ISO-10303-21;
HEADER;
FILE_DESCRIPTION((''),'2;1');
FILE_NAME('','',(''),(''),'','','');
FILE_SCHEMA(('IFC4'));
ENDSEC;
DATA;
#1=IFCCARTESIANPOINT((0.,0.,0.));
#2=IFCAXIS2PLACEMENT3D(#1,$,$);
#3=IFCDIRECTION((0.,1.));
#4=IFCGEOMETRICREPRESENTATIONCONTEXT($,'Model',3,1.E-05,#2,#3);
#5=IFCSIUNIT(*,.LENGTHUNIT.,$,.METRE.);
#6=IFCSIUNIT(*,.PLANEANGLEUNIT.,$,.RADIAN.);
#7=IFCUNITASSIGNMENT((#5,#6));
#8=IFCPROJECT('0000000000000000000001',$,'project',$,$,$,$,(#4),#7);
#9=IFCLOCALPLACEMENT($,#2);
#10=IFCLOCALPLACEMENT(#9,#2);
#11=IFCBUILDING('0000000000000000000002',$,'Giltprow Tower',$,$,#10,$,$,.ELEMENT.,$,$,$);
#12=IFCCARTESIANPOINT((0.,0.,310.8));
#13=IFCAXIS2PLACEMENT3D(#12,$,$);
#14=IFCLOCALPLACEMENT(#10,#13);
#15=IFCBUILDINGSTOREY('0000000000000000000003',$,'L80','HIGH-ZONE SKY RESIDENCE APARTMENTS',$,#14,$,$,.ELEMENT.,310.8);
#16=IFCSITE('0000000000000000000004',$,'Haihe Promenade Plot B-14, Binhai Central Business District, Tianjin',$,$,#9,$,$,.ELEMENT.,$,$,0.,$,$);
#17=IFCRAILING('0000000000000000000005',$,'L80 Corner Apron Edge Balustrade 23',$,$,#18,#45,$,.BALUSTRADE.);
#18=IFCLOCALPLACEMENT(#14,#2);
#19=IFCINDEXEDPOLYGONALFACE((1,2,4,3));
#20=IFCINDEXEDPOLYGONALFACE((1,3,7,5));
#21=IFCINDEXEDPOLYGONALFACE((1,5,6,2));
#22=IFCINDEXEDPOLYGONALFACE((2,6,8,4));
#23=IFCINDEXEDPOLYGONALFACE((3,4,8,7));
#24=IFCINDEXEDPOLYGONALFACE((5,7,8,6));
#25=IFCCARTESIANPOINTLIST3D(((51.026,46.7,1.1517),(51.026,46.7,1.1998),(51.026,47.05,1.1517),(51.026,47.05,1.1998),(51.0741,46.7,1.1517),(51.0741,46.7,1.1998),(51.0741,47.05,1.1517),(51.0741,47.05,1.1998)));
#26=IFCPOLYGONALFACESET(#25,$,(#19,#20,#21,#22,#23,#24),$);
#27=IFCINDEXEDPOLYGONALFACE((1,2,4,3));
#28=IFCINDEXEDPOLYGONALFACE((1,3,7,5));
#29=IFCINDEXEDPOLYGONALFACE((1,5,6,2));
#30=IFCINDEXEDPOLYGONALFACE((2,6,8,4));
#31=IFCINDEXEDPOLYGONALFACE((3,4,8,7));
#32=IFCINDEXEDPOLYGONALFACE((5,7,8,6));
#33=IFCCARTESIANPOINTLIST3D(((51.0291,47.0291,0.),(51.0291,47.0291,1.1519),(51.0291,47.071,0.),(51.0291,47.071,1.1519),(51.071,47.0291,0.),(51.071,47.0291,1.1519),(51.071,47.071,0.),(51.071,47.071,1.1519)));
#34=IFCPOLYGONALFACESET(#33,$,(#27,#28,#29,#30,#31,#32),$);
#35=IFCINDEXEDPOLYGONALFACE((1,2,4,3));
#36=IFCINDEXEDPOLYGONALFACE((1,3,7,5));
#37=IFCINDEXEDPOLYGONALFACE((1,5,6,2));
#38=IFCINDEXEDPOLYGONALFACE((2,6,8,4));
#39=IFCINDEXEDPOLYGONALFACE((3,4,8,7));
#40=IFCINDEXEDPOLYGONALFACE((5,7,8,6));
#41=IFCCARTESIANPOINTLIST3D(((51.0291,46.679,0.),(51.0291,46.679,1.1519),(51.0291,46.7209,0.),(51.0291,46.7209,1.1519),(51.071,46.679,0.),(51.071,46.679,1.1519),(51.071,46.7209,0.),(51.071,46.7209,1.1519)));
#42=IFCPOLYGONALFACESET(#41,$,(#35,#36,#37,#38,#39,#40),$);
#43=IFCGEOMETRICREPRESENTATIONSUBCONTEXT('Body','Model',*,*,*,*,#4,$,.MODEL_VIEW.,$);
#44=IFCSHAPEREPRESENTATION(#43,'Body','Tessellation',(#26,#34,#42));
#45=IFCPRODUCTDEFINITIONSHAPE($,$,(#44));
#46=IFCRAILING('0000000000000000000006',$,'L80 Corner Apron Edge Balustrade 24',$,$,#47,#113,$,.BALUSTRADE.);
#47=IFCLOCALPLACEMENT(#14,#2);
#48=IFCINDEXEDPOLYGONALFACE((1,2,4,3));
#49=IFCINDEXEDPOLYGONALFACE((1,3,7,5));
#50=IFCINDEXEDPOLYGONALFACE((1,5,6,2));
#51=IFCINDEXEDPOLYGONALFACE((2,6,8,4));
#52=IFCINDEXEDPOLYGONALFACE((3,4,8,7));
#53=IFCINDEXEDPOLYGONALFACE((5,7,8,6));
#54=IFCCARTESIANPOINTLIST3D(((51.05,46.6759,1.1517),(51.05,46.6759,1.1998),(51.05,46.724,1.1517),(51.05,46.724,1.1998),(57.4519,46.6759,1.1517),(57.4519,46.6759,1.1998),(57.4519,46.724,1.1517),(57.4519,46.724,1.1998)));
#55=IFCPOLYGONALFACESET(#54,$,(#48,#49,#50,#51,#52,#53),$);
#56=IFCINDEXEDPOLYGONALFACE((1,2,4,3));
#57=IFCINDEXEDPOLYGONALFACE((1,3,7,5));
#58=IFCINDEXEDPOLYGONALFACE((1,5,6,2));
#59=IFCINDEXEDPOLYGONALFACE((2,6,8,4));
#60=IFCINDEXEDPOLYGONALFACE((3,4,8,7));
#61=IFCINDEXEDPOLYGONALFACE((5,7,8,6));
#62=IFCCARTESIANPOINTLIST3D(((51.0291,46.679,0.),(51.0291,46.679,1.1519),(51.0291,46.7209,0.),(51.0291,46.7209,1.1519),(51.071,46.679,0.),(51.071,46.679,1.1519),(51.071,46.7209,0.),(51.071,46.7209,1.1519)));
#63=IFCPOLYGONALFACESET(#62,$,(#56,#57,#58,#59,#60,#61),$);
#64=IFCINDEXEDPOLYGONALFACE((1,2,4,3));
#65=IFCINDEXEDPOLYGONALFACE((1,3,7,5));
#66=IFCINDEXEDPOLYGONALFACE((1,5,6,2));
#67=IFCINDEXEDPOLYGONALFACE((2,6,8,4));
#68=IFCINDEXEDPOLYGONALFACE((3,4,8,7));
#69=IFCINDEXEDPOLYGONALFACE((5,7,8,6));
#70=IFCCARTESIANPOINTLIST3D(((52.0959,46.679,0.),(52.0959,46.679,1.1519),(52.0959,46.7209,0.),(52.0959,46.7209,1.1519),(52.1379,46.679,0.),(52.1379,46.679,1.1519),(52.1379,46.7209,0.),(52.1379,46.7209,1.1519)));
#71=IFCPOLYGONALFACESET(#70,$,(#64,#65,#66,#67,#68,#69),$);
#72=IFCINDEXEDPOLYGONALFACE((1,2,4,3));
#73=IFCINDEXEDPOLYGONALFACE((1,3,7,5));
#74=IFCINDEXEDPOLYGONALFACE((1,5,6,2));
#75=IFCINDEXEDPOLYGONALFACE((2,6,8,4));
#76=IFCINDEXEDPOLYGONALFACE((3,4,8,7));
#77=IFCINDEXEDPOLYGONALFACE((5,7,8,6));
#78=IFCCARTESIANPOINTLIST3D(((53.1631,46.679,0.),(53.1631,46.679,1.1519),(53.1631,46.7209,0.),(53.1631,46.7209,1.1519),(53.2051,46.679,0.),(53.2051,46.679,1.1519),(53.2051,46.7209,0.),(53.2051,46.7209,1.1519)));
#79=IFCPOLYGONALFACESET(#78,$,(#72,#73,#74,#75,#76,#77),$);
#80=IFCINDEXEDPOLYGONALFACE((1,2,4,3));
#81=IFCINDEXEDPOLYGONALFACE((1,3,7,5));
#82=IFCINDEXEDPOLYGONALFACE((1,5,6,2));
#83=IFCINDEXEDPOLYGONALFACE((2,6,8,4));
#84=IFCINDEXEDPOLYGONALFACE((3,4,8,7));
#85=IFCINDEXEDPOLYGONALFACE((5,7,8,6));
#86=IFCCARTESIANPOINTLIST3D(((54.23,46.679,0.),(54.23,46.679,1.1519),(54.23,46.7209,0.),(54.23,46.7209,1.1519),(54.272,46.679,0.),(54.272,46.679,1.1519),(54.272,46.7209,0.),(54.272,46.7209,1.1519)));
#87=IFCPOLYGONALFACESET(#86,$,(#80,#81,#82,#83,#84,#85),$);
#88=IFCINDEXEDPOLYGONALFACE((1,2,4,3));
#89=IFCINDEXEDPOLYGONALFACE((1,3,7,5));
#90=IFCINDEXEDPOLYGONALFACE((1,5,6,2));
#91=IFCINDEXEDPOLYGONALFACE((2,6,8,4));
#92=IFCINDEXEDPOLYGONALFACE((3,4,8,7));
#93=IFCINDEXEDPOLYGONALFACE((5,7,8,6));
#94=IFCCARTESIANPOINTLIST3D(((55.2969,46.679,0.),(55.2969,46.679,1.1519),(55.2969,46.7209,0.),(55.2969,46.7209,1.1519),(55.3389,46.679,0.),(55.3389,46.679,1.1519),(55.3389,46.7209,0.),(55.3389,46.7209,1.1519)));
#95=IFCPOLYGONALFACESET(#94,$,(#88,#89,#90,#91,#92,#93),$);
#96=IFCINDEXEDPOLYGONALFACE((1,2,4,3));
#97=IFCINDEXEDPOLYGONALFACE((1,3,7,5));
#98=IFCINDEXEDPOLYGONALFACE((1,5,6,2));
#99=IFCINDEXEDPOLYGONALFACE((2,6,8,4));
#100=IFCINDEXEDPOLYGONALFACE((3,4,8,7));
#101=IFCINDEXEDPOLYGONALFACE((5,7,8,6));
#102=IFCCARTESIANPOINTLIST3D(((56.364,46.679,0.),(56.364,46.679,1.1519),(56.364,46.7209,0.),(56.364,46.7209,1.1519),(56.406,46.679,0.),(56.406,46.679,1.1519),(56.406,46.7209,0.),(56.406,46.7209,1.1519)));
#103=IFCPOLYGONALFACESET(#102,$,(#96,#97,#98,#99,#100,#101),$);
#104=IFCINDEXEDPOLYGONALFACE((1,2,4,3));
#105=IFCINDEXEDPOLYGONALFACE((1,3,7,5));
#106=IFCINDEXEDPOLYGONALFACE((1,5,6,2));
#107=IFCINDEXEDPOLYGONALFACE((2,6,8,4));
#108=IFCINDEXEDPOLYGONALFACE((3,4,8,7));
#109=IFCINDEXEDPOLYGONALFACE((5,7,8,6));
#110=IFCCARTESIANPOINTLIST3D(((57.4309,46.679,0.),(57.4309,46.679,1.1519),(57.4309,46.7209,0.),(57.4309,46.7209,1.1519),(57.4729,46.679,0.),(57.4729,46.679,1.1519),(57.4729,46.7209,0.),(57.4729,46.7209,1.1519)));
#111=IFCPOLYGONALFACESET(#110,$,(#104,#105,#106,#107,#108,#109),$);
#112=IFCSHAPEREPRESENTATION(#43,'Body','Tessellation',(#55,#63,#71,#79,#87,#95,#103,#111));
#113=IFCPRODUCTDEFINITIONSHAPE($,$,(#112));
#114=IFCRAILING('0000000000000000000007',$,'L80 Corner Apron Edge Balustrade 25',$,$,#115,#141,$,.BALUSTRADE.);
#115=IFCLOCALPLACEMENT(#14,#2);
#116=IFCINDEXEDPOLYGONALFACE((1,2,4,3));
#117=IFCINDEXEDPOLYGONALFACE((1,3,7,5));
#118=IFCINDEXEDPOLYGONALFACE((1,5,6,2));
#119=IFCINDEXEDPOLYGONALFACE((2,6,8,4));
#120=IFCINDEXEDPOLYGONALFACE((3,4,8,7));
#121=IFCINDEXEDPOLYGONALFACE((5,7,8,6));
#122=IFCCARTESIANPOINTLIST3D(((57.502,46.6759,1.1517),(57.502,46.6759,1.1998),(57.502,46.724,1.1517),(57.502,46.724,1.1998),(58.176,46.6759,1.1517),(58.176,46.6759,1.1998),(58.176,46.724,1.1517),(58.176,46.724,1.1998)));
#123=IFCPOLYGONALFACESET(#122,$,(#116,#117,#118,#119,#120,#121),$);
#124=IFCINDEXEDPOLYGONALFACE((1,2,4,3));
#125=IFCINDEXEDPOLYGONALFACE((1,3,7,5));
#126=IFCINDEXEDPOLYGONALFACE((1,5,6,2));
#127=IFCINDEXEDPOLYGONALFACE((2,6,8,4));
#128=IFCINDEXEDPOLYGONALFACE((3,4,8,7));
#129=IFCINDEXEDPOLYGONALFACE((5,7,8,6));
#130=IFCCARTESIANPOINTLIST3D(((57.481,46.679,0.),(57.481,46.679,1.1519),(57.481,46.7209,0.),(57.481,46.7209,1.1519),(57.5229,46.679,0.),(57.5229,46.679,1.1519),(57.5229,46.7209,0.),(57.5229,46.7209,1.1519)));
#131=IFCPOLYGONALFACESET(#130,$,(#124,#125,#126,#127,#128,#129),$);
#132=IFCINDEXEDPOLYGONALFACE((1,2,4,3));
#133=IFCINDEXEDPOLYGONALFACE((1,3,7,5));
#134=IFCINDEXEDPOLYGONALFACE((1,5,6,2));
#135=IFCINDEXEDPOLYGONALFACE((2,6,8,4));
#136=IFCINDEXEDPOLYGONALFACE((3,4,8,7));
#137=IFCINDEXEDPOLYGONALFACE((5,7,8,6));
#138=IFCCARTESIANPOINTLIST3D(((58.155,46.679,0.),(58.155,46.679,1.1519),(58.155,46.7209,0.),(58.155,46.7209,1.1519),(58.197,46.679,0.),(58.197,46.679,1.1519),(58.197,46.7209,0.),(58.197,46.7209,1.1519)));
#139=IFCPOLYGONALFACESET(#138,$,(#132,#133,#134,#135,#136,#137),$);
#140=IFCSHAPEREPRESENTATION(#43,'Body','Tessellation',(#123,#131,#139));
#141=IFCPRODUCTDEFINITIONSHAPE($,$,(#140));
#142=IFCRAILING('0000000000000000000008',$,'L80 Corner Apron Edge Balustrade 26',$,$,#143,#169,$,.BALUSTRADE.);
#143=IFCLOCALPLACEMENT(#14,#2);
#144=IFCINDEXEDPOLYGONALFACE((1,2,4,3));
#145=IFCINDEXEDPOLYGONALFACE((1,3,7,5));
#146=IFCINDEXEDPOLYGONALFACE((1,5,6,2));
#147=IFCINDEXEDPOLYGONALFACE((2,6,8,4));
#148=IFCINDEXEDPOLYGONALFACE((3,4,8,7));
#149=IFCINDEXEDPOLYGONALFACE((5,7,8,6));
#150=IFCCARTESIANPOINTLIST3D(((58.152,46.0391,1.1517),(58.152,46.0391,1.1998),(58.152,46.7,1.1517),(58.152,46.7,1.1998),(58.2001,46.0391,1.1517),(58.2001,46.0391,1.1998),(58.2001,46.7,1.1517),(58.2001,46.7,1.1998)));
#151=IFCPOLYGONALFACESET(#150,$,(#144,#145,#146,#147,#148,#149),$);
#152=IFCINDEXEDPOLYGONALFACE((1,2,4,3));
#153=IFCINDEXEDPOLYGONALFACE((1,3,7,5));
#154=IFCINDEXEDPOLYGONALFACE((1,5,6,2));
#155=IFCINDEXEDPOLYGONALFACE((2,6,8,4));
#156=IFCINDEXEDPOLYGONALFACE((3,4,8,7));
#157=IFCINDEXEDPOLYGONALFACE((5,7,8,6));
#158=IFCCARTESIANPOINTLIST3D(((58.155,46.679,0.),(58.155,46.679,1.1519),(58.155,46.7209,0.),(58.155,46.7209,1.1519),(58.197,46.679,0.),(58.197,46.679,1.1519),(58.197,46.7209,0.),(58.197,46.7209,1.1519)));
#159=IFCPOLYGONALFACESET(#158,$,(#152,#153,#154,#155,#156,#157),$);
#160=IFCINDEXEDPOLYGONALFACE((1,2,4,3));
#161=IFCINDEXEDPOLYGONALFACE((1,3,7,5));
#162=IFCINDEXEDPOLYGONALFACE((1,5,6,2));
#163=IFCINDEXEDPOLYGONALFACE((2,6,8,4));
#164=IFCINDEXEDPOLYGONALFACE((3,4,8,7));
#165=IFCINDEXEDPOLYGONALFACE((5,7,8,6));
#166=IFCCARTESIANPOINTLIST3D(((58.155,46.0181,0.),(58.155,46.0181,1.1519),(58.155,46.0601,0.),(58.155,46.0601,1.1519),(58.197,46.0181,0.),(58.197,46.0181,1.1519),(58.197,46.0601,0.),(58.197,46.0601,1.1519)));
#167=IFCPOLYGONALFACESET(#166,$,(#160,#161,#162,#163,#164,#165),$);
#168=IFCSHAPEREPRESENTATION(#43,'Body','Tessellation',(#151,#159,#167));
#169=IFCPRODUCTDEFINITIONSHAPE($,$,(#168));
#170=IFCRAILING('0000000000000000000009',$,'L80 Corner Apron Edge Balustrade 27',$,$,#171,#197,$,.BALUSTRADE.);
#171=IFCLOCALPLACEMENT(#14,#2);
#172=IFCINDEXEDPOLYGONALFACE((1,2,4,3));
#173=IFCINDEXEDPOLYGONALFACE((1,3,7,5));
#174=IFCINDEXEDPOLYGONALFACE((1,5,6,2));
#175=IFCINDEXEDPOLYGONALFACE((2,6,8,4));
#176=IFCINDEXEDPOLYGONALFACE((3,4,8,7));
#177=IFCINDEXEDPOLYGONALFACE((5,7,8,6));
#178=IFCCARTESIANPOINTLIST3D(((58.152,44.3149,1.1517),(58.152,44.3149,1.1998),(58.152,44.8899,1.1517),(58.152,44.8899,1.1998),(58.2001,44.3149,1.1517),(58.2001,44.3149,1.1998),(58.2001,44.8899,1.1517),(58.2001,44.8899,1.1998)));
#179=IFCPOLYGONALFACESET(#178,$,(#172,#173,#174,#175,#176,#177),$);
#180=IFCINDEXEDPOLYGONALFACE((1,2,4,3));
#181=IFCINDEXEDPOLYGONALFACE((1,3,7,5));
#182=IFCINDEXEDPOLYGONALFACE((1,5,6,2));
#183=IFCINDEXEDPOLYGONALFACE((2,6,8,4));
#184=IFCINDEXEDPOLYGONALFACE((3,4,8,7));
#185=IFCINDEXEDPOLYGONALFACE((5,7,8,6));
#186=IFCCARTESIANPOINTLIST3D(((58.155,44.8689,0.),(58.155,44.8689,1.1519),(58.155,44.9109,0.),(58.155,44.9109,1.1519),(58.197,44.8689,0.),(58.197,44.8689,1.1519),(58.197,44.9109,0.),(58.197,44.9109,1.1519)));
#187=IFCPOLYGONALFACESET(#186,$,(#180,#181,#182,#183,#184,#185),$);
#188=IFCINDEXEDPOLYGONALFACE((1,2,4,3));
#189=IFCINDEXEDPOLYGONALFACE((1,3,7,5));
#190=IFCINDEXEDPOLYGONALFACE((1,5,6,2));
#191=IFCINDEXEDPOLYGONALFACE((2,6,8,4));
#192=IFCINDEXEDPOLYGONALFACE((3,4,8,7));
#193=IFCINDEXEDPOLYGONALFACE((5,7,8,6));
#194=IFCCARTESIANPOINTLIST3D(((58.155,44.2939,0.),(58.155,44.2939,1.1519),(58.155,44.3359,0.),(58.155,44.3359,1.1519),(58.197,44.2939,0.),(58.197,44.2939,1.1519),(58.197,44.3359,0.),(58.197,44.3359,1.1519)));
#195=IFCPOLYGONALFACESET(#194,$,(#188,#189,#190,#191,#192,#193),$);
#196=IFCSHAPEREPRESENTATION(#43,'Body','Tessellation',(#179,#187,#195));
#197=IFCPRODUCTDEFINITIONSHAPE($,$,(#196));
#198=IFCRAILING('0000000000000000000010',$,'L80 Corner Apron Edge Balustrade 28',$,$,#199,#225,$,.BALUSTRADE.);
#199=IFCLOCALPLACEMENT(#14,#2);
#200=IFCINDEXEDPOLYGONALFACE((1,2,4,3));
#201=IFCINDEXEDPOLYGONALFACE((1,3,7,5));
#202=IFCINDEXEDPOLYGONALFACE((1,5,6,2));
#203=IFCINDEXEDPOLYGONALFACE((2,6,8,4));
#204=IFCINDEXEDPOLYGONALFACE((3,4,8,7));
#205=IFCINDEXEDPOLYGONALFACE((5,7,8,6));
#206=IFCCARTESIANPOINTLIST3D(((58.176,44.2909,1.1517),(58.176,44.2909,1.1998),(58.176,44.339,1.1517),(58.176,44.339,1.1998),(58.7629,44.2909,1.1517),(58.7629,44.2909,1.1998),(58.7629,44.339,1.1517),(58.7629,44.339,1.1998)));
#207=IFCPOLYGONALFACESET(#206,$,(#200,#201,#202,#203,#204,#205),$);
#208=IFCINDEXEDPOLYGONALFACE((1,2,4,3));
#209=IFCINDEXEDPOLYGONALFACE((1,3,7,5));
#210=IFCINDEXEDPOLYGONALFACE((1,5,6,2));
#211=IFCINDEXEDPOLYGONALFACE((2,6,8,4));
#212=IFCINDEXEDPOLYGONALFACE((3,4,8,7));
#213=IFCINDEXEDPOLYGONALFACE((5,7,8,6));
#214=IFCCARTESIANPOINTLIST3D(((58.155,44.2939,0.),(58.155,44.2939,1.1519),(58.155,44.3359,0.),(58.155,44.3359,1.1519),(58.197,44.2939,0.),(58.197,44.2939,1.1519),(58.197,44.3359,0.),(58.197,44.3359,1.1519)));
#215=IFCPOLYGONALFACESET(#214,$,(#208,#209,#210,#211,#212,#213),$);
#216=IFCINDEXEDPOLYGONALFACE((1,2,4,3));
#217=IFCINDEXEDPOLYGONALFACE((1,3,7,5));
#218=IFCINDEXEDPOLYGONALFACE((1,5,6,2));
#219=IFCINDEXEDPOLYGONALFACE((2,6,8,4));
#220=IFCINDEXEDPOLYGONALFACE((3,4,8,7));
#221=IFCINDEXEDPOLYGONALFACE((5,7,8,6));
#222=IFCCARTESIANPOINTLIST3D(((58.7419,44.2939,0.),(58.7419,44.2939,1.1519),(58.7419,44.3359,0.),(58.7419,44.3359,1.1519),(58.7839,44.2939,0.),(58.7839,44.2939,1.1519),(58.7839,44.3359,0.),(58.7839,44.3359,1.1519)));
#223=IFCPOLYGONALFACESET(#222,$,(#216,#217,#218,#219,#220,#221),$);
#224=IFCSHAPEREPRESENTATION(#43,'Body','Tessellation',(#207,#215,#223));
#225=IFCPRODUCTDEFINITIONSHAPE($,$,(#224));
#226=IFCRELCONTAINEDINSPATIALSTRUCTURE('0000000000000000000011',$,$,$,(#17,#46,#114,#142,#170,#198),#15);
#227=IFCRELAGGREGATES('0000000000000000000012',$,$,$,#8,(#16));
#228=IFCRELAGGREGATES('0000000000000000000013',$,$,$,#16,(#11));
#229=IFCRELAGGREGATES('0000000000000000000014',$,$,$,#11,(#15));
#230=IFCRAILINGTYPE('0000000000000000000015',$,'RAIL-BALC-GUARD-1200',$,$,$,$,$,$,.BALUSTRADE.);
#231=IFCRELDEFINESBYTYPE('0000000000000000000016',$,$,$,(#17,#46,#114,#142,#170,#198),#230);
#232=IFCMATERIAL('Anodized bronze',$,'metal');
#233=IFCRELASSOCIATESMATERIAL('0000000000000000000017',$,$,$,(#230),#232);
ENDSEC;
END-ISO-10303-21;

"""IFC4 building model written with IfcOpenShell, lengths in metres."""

from ifc_helpers import new_model, si_unit, direction, frame, origin, origin_2d, place, context, subcontext, project, spatial, rectangle, extrude, material, type_object, element, save


model = new_model("IFC4")

# Units and contexts
model_context = context("Model", 3, precision=1e-05, world=origin(), true_north=direction((0.0, 1.0)))
body_context = subcontext(model_context, "Body", "Model", "MODEL_VIEW")
ifc_project = project(units=[si_unit("LENGTHUNIT", "METRE"), si_unit("PLANEANGLEUNIT", "RADIAN")], contexts=[model_context])

# Site, building, storey
site_placement = place(None, origin())
site = spatial("IfcSite", under=ifc_project, at=site_placement, Name="Haihe Promenade Plot B-14, Binhai Central Business District, Tianjin", CompositionType="ELEMENT", RefElevation=0.0)
building_placement = place(site_placement, origin())
building = spatial("IfcBuilding", under=site, at=building_placement, Name="Giltprow Tower", CompositionType="ELEMENT")
storey_placement = place(building_placement, frame((0.0, 0.0, 310.8)))
storey = spatial("IfcBuildingStorey", under=building, at=storey_placement, Name="L80", Description="HIGH-ZONE SKY RESIDENCE APARTMENTS", CompositionType="ELEMENT", Elevation=310.8)

# Railings
ifc_material_1 = material(Name="Anodized bronze", Category="metal")
railing_type = type_object("IfcRailingType", Name="RAIL-BALC-GUARD-1200", PredefinedType="BALUSTRADE", material=ifc_material_1)
railing_1_placement = place(storey_placement, frame((51.05, 47.05, 0.0)))
element("IfcRailing", 1, at=railing_1_placement, inside=storey, type_object=railing_type, Name="L80 Corner Apron Edge Balustrade 23", PredefinedType="BALUSTRADE", context=body_context, shape_type="SweptSolid", body=[
    extrude(rectangle(XDim=0.0481, YDim=0.0481, at=origin_2d()), frame((0.0, 0.0, 1.1758), z_axis=(0.0, -1.0, 0.0), x_axis=(1.0, 0.0, 0.0)), (0.0, 0.0, 1.0), 0.3501),
    extrude(rectangle(XDim=0.042, YDim=0.042, at=origin_2d()), origin(), (0.0, 0.0, 1.0), 1.1519),
    extrude(rectangle(XDim=0.042, YDim=0.042, at=origin_2d()), frame((0.0, -0.3501, 0.0)), (0.0, 0.0, 1.0), 1.1519),
])
railing_2_placement = place(storey_placement, frame((51.05, 46.7, 0.0)))
element("IfcRailing", 2, at=railing_2_placement, inside=storey, type_object=railing_type, Name="L80 Corner Apron Edge Balustrade 24", PredefinedType="BALUSTRADE", context=body_context, shape_type="SweptSolid", body=[
    extrude(rectangle(XDim=0.0481, YDim=0.0481, at=origin_2d()), frame((0.0, 0.0, 1.1758), z_axis=(1.0, 0.0, 0.0), x_axis=(0.0, 1.0, 0.0)), (0.0, 0.0, 1.0), 6.4019),
    extrude(rectangle(XDim=0.042, YDim=0.042, at=origin_2d()), origin(), (0.0, 0.0, 1.0), 1.1519),
    extrude(rectangle(XDim=0.042, YDim=0.042, at=origin_2d()), frame((1.0669, 0.0, 0.0)), (0.0, 0.0, 1.0), 1.1519),
    extrude(rectangle(XDim=0.042, YDim=0.042, at=origin_2d()), frame((2.134, 0.0, 0.0)), (0.0, 0.0, 1.0), 1.1519),
    extrude(rectangle(XDim=0.042, YDim=0.042, at=origin_2d()), frame((3.2009, 0.0, 0.0)), (0.0, 0.0, 1.0), 1.1519),
    extrude(rectangle(XDim=0.042, YDim=0.042, at=origin_2d()), frame((4.2678, 0.0, 0.0)), (0.0, 0.0, 1.0), 1.1519),
    extrude(rectangle(XDim=0.042, YDim=0.042, at=origin_2d()), frame((5.335, 0.0, 0.0)), (0.0, 0.0, 1.0), 1.1519),
    extrude(rectangle(XDim=0.042, YDim=0.042, at=origin_2d()), frame((6.4019, 0.0, 0.0)), (0.0, 0.0, 1.0), 1.1519),
])
railing_3_placement = place(storey_placement, frame((57.502, 46.7, 0.0)))
element("IfcRailing", 3, at=railing_3_placement, inside=storey, type_object=railing_type, Name="L80 Corner Apron Edge Balustrade 25", PredefinedType="BALUSTRADE", context=body_context, shape_type="SweptSolid", body=[
    extrude(rectangle(XDim=0.0481, YDim=0.0481, at=origin_2d()), frame((0.0, 0.0, 1.1758), z_axis=(1.0, 0.0, 0.0), x_axis=(0.0, 1.0, 0.0)), (0.0, 0.0, 1.0), 0.6741),
    extrude(rectangle(XDim=0.042, YDim=0.042, at=origin_2d()), origin(), (0.0, 0.0, 1.0), 1.1519),
    extrude(rectangle(XDim=0.042, YDim=0.042, at=origin_2d()), frame((0.6741, 0.0, 0.0)), (0.0, 0.0, 1.0), 1.1519),
])
railing_4_placement = place(storey_placement, frame((58.176, 46.7, 0.0)))
element("IfcRailing", 4, at=railing_4_placement, inside=storey, type_object=railing_type, Name="L80 Corner Apron Edge Balustrade 26", PredefinedType="BALUSTRADE", context=body_context, shape_type="SweptSolid", body=[
    extrude(rectangle(XDim=0.0481, YDim=0.0481, at=origin_2d()), frame((0.0, 0.0, 1.1758), z_axis=(0.0, -1.0, 0.0), x_axis=(1.0, 0.0, 0.0)), (0.0, 0.0, 1.0), 0.6609),
    extrude(rectangle(XDim=0.042, YDim=0.042, at=origin_2d()), origin(), (0.0, 0.0, 1.0), 1.1519),
    extrude(rectangle(XDim=0.042, YDim=0.042, at=origin_2d()), frame((0.0, -0.6609, 0.0)), (0.0, 0.0, 1.0), 1.1519),
])
railing_5_placement = place(storey_placement, frame((58.176, 44.8899, 0.0)))
element("IfcRailing", 5, at=railing_5_placement, inside=storey, type_object=railing_type, Name="L80 Corner Apron Edge Balustrade 27", PredefinedType="BALUSTRADE", context=body_context, shape_type="SweptSolid", body=[
    extrude(rectangle(XDim=0.0481, YDim=0.0481, at=origin_2d()), frame((0.0, 0.0, 1.1758), z_axis=(0.0, -1.0, 0.0), x_axis=(1.0, 0.0, 0.0)), (0.0, 0.0, 1.0), 0.575),
    extrude(rectangle(XDim=0.042, YDim=0.042, at=origin_2d()), origin(), (0.0, 0.0, 1.0), 1.1519),
    extrude(rectangle(XDim=0.042, YDim=0.042, at=origin_2d()), frame((0.0, -0.575, 0.0)), (0.0, 0.0, 1.0), 1.1519),
])
railing_6_placement = place(storey_placement, frame((58.176, 44.3149, 0.0)))
element("IfcRailing", 6, at=railing_6_placement, inside=storey, type_object=railing_type, Name="L80 Corner Apron Edge Balustrade 28", PredefinedType="BALUSTRADE", context=body_context, shape_type="SweptSolid", body=[
    extrude(rectangle(XDim=0.0481, YDim=0.0481, at=origin_2d()), frame((0.0, 0.0, 1.1758), z_axis=(1.0, 0.0, 0.0), x_axis=(0.0, 1.0, 0.0)), (0.0, 0.0, 1.0), 0.5869),
    extrude(rectangle(XDim=0.042, YDim=0.042, at=origin_2d()), origin(), (0.0, 0.0, 1.0), 1.1519),
    extrude(rectangle(XDim=0.042, YDim=0.042, at=origin_2d()), frame((0.5869, 0.0, 0.0)), (0.0, 0.0, 1.0), 1.1519),
])

save(model, "model.ifc")
